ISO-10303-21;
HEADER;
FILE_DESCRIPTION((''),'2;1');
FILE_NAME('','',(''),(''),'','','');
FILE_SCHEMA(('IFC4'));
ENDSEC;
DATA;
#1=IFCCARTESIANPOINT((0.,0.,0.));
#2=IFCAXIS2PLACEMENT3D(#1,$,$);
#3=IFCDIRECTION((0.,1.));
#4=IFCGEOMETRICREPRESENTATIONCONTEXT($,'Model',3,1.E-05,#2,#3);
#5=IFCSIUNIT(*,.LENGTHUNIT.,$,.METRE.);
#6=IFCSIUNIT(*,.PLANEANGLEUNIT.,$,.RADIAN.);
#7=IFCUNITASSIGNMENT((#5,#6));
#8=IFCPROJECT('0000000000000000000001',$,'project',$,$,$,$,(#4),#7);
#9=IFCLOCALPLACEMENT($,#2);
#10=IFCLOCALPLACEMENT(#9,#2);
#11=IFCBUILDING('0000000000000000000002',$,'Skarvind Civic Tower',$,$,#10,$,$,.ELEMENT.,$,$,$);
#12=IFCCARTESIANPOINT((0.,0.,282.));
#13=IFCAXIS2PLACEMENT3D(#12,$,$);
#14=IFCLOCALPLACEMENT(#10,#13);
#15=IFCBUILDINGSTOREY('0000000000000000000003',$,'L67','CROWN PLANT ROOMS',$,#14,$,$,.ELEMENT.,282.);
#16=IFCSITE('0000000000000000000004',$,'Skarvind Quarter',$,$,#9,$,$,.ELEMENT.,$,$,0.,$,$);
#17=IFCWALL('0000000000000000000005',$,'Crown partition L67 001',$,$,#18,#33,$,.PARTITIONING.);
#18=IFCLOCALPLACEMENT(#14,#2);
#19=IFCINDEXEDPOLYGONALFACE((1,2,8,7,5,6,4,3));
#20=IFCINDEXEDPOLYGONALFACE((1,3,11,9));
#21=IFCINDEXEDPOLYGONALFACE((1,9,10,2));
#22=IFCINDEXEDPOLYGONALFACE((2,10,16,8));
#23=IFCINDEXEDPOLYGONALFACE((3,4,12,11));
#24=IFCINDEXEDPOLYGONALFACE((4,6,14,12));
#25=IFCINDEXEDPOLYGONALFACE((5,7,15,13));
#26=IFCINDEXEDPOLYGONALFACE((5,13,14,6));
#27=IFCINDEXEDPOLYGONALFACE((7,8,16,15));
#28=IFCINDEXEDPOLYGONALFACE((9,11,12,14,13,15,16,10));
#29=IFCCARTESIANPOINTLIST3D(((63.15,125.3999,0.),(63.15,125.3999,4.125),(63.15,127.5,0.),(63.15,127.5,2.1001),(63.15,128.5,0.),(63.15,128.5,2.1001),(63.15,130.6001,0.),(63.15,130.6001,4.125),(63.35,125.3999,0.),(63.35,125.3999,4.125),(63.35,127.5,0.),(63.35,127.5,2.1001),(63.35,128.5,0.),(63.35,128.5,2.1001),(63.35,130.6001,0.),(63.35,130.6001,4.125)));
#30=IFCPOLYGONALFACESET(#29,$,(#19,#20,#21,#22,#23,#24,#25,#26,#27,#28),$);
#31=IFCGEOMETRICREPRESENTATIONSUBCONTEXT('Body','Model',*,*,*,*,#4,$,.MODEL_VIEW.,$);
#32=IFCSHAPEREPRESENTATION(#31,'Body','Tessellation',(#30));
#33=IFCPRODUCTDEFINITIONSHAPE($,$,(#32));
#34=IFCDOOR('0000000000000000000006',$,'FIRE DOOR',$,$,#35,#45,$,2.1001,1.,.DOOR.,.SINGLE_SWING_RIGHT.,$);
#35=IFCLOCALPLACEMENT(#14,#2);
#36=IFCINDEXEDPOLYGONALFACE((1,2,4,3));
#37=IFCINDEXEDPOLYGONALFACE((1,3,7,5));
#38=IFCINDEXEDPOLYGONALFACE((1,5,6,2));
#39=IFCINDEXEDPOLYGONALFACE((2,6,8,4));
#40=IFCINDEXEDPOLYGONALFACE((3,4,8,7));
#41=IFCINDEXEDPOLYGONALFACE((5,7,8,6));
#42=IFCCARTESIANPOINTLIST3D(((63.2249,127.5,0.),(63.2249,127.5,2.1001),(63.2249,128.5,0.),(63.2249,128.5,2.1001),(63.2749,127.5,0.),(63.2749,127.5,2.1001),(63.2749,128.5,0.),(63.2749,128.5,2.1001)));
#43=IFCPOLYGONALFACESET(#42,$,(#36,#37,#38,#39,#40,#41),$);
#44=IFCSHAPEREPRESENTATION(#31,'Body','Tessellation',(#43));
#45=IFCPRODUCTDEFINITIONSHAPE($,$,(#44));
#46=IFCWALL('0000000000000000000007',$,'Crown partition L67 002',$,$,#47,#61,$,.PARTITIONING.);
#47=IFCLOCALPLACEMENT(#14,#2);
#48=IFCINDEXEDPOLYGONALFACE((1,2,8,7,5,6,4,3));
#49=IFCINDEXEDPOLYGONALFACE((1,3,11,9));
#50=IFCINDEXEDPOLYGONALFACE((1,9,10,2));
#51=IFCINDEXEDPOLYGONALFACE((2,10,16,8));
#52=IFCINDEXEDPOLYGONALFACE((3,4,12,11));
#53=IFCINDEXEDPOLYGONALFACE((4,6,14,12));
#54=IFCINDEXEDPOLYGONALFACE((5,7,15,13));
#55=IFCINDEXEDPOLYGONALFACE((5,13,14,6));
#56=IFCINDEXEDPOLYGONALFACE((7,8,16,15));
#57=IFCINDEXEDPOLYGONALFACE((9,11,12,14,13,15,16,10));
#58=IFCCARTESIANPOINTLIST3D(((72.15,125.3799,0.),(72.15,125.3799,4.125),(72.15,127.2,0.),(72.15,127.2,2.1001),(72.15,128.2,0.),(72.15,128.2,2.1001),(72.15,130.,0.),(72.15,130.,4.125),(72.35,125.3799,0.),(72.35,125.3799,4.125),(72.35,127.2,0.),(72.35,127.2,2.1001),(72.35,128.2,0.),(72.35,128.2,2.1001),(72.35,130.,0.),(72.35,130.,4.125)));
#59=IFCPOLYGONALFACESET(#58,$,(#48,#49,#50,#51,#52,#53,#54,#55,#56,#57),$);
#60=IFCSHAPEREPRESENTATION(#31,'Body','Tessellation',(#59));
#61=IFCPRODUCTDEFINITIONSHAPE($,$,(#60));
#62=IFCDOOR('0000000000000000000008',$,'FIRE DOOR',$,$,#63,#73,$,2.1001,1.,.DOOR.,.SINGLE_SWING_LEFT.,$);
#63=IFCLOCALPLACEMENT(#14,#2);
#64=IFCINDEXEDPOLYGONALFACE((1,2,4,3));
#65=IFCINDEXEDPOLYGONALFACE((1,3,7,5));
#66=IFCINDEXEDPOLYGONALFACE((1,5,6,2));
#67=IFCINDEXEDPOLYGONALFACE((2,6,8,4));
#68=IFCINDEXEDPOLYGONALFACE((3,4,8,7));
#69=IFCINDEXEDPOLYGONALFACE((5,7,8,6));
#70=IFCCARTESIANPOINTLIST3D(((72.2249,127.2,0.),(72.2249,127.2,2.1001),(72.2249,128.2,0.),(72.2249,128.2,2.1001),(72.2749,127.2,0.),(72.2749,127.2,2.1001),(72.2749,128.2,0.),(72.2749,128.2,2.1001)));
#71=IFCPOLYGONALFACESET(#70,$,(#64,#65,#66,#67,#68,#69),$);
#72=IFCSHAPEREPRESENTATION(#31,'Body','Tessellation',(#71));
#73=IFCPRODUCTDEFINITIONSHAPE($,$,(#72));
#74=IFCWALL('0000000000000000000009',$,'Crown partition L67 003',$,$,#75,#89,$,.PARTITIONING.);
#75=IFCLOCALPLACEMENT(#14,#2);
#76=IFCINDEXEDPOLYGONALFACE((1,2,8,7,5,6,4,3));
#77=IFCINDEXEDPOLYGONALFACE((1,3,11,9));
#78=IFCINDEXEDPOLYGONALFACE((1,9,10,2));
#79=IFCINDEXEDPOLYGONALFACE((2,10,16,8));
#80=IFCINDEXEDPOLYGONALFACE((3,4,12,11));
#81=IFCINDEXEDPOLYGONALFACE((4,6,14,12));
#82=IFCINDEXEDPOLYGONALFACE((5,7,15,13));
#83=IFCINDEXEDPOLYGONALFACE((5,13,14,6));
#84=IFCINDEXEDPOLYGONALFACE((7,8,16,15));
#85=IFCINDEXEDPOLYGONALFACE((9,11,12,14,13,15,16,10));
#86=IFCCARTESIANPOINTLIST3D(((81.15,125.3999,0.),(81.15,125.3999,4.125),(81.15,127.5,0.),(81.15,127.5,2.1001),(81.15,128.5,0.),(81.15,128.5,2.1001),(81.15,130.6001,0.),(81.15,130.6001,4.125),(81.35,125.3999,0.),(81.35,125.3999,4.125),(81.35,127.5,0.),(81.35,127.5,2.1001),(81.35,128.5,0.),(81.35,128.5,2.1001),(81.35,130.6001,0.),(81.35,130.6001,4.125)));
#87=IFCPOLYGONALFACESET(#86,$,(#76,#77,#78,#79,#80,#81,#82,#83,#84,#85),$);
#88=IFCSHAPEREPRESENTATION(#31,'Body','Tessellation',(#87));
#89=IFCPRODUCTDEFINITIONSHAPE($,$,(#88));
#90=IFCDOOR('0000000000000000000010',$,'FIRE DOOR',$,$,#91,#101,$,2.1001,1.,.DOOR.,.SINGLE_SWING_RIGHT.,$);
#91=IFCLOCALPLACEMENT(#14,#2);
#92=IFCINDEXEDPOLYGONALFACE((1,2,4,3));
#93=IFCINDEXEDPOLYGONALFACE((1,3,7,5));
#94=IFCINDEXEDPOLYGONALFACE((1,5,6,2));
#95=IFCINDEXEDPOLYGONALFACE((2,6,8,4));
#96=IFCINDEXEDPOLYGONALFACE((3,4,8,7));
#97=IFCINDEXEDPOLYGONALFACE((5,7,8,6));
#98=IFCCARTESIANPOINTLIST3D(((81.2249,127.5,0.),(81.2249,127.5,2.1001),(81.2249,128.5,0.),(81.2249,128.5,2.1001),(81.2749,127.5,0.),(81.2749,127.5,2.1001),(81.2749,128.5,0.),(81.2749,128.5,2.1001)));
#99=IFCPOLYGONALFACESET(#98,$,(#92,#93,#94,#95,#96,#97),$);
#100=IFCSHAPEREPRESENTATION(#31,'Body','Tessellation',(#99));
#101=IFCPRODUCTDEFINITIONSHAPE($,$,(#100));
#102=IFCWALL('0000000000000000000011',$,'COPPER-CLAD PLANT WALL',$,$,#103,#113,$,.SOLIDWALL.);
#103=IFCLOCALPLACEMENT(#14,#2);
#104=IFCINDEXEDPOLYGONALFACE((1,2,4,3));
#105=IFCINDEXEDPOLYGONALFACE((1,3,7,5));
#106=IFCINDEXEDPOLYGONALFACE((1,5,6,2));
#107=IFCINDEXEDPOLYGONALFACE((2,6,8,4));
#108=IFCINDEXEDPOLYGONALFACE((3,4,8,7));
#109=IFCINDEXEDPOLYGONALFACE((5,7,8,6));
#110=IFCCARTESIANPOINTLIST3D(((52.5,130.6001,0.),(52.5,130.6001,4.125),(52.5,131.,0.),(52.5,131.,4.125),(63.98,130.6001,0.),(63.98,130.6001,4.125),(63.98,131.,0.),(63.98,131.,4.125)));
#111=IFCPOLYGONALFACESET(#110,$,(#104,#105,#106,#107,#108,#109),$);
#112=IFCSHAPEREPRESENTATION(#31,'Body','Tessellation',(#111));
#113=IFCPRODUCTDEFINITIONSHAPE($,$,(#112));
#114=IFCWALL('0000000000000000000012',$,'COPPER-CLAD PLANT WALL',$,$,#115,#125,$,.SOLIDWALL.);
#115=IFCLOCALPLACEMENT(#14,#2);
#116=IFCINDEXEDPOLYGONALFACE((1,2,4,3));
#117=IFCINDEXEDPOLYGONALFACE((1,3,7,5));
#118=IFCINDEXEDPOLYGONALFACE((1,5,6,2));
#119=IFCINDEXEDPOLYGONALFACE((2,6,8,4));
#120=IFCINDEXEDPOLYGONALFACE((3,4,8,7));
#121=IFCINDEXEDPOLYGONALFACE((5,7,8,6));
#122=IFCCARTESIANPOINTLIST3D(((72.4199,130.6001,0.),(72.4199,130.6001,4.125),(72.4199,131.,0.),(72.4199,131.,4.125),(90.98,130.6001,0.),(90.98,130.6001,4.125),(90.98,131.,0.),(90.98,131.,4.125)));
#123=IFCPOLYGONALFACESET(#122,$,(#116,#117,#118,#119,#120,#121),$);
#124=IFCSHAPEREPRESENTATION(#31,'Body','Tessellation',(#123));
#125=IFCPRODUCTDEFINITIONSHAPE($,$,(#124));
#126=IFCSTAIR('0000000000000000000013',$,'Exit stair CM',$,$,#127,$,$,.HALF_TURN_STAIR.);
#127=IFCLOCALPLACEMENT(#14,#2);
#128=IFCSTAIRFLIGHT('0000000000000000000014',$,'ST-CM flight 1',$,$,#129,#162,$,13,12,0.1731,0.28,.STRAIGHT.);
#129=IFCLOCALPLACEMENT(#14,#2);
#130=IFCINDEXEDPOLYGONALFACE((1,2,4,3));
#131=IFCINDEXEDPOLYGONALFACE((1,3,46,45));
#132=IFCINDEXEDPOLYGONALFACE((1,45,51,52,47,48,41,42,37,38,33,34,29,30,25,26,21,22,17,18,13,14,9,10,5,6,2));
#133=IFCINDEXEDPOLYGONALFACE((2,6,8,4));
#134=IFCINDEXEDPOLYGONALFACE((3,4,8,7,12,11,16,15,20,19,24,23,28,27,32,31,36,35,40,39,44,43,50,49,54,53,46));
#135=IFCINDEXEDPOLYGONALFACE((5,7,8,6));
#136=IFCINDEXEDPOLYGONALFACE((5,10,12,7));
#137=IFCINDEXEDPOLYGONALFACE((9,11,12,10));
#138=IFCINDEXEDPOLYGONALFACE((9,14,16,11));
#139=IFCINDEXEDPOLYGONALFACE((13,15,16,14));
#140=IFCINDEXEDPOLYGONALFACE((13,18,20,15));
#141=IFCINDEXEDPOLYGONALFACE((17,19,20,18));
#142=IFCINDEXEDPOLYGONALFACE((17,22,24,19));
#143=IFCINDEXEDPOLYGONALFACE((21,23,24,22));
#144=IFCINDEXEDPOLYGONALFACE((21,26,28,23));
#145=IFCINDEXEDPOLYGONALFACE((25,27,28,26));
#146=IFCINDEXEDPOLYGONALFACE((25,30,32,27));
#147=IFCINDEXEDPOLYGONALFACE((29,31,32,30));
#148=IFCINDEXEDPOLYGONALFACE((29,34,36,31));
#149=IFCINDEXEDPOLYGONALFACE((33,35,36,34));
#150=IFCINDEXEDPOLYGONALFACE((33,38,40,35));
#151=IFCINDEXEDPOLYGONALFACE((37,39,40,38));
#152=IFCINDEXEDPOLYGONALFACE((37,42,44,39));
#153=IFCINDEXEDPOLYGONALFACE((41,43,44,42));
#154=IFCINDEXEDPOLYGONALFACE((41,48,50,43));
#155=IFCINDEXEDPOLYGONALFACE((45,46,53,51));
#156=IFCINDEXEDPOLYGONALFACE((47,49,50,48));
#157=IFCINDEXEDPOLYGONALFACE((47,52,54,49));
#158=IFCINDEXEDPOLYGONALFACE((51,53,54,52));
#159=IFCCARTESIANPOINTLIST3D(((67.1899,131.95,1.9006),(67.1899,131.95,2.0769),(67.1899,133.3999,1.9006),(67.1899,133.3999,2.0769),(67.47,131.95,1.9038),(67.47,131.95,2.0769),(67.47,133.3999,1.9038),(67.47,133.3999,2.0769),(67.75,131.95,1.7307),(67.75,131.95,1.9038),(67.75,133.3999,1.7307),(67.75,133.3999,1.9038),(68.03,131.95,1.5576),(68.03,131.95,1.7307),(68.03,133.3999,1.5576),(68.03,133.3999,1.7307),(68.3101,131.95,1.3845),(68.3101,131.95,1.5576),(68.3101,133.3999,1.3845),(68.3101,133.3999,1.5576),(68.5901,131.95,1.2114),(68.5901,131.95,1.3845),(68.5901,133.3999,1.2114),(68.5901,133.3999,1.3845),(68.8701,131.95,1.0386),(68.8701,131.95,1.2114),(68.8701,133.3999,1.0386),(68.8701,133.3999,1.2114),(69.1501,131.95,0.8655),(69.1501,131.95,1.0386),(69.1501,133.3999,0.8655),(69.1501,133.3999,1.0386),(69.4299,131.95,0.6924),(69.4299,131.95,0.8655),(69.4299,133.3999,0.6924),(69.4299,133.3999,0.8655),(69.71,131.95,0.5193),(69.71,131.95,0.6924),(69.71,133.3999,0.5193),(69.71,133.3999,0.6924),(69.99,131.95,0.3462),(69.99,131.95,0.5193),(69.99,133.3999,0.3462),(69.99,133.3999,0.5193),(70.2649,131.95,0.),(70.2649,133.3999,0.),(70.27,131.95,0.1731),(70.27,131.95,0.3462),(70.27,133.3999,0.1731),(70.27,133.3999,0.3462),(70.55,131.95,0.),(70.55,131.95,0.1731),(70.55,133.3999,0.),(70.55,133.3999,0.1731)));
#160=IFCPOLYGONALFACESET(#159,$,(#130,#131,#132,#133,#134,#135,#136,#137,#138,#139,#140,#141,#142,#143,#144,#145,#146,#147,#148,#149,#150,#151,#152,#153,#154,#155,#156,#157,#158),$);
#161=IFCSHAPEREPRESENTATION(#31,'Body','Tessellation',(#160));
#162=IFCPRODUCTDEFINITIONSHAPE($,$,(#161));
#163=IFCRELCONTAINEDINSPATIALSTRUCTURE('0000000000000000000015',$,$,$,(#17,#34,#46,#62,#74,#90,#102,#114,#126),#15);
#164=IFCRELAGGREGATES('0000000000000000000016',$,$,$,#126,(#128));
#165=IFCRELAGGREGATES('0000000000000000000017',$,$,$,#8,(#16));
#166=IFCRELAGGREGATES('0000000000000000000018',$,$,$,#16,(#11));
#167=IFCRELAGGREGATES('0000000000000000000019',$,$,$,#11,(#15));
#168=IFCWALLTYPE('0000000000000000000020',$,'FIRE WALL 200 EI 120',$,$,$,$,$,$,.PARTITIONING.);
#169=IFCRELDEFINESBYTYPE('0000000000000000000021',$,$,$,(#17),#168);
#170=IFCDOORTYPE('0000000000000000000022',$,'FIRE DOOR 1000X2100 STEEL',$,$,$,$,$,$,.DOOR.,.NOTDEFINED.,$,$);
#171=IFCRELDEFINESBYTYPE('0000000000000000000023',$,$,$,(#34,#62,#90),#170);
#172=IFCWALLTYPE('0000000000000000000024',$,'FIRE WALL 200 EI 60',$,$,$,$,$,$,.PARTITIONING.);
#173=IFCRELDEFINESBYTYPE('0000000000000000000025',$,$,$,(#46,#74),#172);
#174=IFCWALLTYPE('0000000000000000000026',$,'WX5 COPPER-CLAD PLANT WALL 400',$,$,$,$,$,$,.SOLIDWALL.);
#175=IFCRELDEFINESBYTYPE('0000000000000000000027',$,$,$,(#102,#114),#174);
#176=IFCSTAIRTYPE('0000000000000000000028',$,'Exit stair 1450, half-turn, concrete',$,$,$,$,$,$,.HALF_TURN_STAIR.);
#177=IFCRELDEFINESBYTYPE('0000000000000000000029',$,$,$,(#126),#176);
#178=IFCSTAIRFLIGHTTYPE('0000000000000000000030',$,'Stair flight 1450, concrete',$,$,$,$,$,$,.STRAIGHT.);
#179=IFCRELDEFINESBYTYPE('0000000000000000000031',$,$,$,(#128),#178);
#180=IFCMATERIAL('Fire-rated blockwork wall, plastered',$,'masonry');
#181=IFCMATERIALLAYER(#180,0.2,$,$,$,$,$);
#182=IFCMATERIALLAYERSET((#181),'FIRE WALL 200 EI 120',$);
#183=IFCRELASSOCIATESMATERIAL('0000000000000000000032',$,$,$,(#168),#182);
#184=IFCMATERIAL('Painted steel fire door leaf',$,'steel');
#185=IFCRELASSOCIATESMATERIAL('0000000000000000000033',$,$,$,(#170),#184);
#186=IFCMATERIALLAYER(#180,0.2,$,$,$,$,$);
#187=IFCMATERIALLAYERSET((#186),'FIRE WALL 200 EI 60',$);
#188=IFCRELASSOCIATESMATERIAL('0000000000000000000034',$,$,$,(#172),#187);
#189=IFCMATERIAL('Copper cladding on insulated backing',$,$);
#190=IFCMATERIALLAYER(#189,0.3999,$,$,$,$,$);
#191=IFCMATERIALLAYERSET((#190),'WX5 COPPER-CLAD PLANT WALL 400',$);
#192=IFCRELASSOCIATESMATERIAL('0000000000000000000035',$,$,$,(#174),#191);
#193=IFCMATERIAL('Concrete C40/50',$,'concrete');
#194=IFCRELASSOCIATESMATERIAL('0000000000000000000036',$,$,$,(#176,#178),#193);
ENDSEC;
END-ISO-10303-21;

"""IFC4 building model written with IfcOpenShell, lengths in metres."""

from ifc_helpers import new_model, si_unit, direction, frame, frame_2d, origin, place, context, subcontext, project, spatial, polyline, rectangle, outline, extrude, material, layer, layer_set, type_object, element, fill, aggregate, save


model = new_model("IFC4")

# Units and contexts
model_context = context("Model", 3, precision=1e-05, world=origin(), true_north=direction((0.0, 1.0)))
body_context = subcontext(model_context, "Body", "Model", "MODEL_VIEW")
ifc_project = project(units=[si_unit("LENGTHUNIT", "METRE"), si_unit("PLANEANGLEUNIT", "RADIAN")], contexts=[model_context])

# Site, building, storey
site_placement = place(None, origin())
site = spatial("IfcSite", under=ifc_project, at=site_placement, Name="Skarvind Quarter", CompositionType="ELEMENT", RefElevation=0.0)
building_placement = place(site_placement, origin())
building = spatial("IfcBuilding", under=site, at=building_placement, Name="Skarvind Civic Tower", CompositionType="ELEMENT")
storey_placement = place(building_placement, frame((0.0, 0.0, 282.0)))
storey = spatial("IfcBuildingStorey", under=building, at=storey_placement, Name="L67", Description="CROWN PLANT ROOMS", CompositionType="ELEMENT", Elevation=282.0)

# Walls, openings, doors
ifc_material_1 = material(Name="Fire-rated blockwork wall, plastered", Category="masonry")
ifc_layer_1 = layer(ifc_material_1, 0.2)
ifc_layer_set_1 = layer_set([ifc_layer_1], Name="FIRE WALL 200 EI 120")
wall_type_1 = type_object("IfcWallType", Name="FIRE WALL 200 EI 120", PredefinedType="PARTITIONING", material=ifc_layer_set_1)
wall_1_placement = place(storey_placement, frame((63.25, 130.6001, 0.0), z_axis=(0.0, 0.0, 1.0), x_axis=(0.0, -1.0, 0.0)))
wall_1 = element("IfcWall", 1, at=wall_1_placement, inside=storey, type_object=wall_type_1, Name="Crown partition L67 001", PredefinedType="PARTITIONING", context=body_context, shape_type="SweptSolid", body=[
    extrude(rectangle(XDim=5.2002, YDim=0.2, at=frame_2d((2.6001, 0.0))), origin(), (0.0, 0.0, 1.0), 4.125),
])
opening_1_placement = place(wall_1_placement, frame((2.1001, 0.0, 0.0)))
opening_1 = element("IfcOpeningElement", 2, at=opening_1_placement, cuts=wall_1, PredefinedType="OPENING", context=body_context, shape_type="SweptSolid", body=[
    extrude(rectangle(XDim=1.0, YDim=2.1001, at=frame_2d((0.5, 1.05))), frame((0.0, 0.1099, 0.0), z_axis=(0.0, -1.0, 0.0), x_axis=(1.0, 0.0, 0.0)), (0.0, 0.0, 1.0), 0.22),
])
ifc_material_2 = material(Name="Painted steel fire door leaf", Category="steel")
door_type_1 = type_object("IfcDoorType", Name="FIRE DOOR 1000X2100 STEEL", OperationType="NOTDEFINED", PredefinedType="DOOR", material=ifc_material_2)
door_1_placement = place(opening_1_placement, origin())
door_1 = element("IfcDoor", 3, at=door_1_placement, inside=storey, type_object=door_type_1, Name="FIRE DOOR", OperationType="SINGLE_SWING_RIGHT", OverallHeight=2.1001, OverallWidth=1.0, PredefinedType="DOOR", context=body_context, shape_type="SweptSolid", body=[
    extrude(rectangle(XDim=1.0, YDim=2.1001, at=frame_2d((0.5, 1.05))), frame((0.0, 0.0249, 0.0), z_axis=(0.0, -1.0, 0.0), x_axis=(1.0, 0.0, 0.0)), (0.0, 0.0, 1.0), 0.05),
])
fill(opening_1, door_1)
ifc_layer_2 = layer(ifc_material_1, 0.2)
ifc_layer_set_2 = layer_set([ifc_layer_2], Name="FIRE WALL 200 EI 60")
wall_type_2 = type_object("IfcWallType", Name="FIRE WALL 200 EI 60", PredefinedType="PARTITIONING", material=ifc_layer_set_2)
wall_2_placement = place(storey_placement, frame((72.25, 130.0, 0.0), z_axis=(0.0, 0.0, 1.0), x_axis=(0.0, -1.0, 0.0)))
wall_2 = element("IfcWall", 4, at=wall_2_placement, inside=storey, type_object=wall_type_2, Name="Crown partition L67 002", PredefinedType="PARTITIONING", context=body_context, shape_type="SweptSolid", body=[
    extrude(rectangle(XDim=4.6201, YDim=0.2, at=frame_2d((2.3101, 0.0))), origin(), (0.0, 0.0, 1.0), 4.125),
])
opening_2_placement = place(wall_2_placement, frame((1.8, 0.0, 0.0)))
opening_2 = element("IfcOpeningElement", 5, at=opening_2_placement, cuts=wall_2, PredefinedType="OPENING", context=body_context, shape_type="SweptSolid", body=[
    extrude(rectangle(XDim=1.0, YDim=2.1001, at=frame_2d((0.5, 1.05))), frame((0.0, 0.1099, 0.0), z_axis=(0.0, -1.0, 0.0), x_axis=(1.0, 0.0, 0.0)), (0.0, 0.0, 1.0), 0.22),
])
door_2_placement = place(opening_2_placement, origin())
door_2 = element("IfcDoor", 6, at=door_2_placement, inside=storey, type_object=door_type_1, Name="FIRE DOOR", OperationType="SINGLE_SWING_LEFT", OverallHeight=2.1001, OverallWidth=1.0, PredefinedType="DOOR", context=body_context, shape_type="SweptSolid", body=[
    extrude(rectangle(XDim=1.0, YDim=2.1001, at=frame_2d((0.5, 1.05))), frame((0.0, 0.0249, 0.0), z_axis=(0.0, -1.0, 0.0), x_axis=(1.0, 0.0, 0.0)), (0.0, 0.0, 1.0), 0.05),
])
fill(opening_2, door_2)
wall_3_placement = place(storey_placement, frame((81.25, 130.6001, 0.0), z_axis=(0.0, 0.0, 1.0), x_axis=(0.0, -1.0, 0.0)))
wall_3 = element("IfcWall", 7, at=wall_3_placement, inside=storey, type_object=wall_type_2, Name="Crown partition L67 003", PredefinedType="PARTITIONING", context=body_context, shape_type="SweptSolid", body=[
    extrude(rectangle(XDim=5.2002, YDim=0.2, at=frame_2d((2.6001, 0.0))), origin(), (0.0, 0.0, 1.0), 4.125),
])
opening_3_placement = place(wall_3_placement, frame((2.1001, 0.0, 0.0)))
opening_3 = element("IfcOpeningElement", 8, at=opening_3_placement, cuts=wall_3, PredefinedType="OPENING", context=body_context, shape_type="SweptSolid", body=[
    extrude(rectangle(XDim=1.0, YDim=2.1001, at=frame_2d((0.5, 1.05))), frame((0.0, 0.1099, 0.0), z_axis=(0.0, -1.0, 0.0), x_axis=(1.0, 0.0, 0.0)), (0.0, 0.0, 1.0), 0.22),
])
door_3_placement = place(opening_3_placement, origin())
door_3 = element("IfcDoor", 9, at=door_3_placement, inside=storey, type_object=door_type_1, Name="FIRE DOOR", OperationType="SINGLE_SWING_RIGHT", OverallHeight=2.1001, OverallWidth=1.0, PredefinedType="DOOR", context=body_context, shape_type="SweptSolid", body=[
    extrude(rectangle(XDim=1.0, YDim=2.1001, at=frame_2d((0.5, 1.05))), frame((0.0, 0.0249, 0.0), z_axis=(0.0, -1.0, 0.0), x_axis=(1.0, 0.0, 0.0)), (0.0, 0.0, 1.0), 0.05),
])
fill(opening_3, door_3)

# Walls
ifc_material_3 = material(Name="Copper cladding on insulated backing")
ifc_layer_3 = layer(ifc_material_3, 0.3999)
ifc_layer_set_3 = layer_set([ifc_layer_3], Name="WX5 COPPER-CLAD PLANT WALL 400")
wall_type_3 = type_object("IfcWallType", Name="WX5 COPPER-CLAD PLANT WALL 400", PredefinedType="SOLIDWALL", material=ifc_layer_set_3)
wall_4_placement = place(storey_placement, frame((52.5, 130.8, 0.0), z_axis=(0.0, 0.0, 1.0), x_axis=(1.0, 0.0, 0.0)))
element("IfcWall", 10, at=wall_4_placement, inside=storey, type_object=wall_type_3, Name="COPPER-CLAD PLANT WALL", PredefinedType="SOLIDWALL", context=body_context, shape_type="SweptSolid", body=[
    extrude(rectangle(XDim=11.48, YDim=0.3999, at=frame_2d((5.74, 0.0))), origin(), (0.0, 0.0, 1.0), 4.125),
])
wall_5_placement = place(storey_placement, frame((72.4199, 130.8, 0.0), z_axis=(0.0, 0.0, 1.0), x_axis=(1.0, 0.0, 0.0)))
element("IfcWall", 11, at=wall_5_placement, inside=storey, type_object=wall_type_3, Name="COPPER-CLAD PLANT WALL", PredefinedType="SOLIDWALL", context=body_context, shape_type="SweptSolid", body=[
    extrude(rectangle(XDim=18.5601, YDim=0.3999, at=frame_2d((9.28, 0.0))), origin(), (0.0, 0.0, 1.0), 4.125),
])

# Stair, stair flight
ifc_material_4 = material(Name="Concrete C40/50", Category="concrete")
stair_type = type_object("IfcStairType", Name="Exit stair 1450, half-turn, concrete", PredefinedType="HALF_TURN_STAIR", material=ifc_material_4)
stair_placement = place(storey_placement, origin())
stair = element("IfcStair", 12, at=stair_placement, inside=storey, type_object=stair_type, Name="Exit stair CM", PredefinedType="HALF_TURN_STAIR")
stair_flight_type = type_object("IfcStairFlightType", Name="Stair flight 1450, concrete", PredefinedType="STRAIGHT", material=ifc_material_4)
stair_flight_1_placement = place(storey_placement, frame((70.55, 132.675, 0.0), z_axis=(0.0, 0.0, 1.0), x_axis=(-1.0, 0.0, 0.0)))
stair_flight_1 = element("IfcStairFlight", 13, at=stair_flight_1_placement, type_object=stair_flight_type, Name="ST-CM flight 1", NumberOfRisers=13, NumberOfTreads=12, PredefinedType="STRAIGHT", RiserHeight=0.1731, TreadLength=0.28, context=body_context, shape_type="SweptSolid", body=[
    extrude(outline(polyline([(0.0, 0.0), (0.0, 0.1731), (0.28, 0.1731), (0.28, 0.3462), (0.5601, 0.3462), (0.5601, 0.5193), (0.8401, 0.5193), (0.8401, 0.6924), (1.1201, 0.6924), (1.1201, 0.8655), (1.3999, 0.8655), (1.3999, 1.0386), (1.6799, 1.0386), (1.6799, 1.2114), (1.96, 1.2114), (1.96, 1.3845), (2.24, 1.3845), (2.24, 1.5576), (2.52, 1.5576), (2.52, 1.7307), (2.8, 1.7307), (2.8, 1.9038), (3.0801, 1.9038), (3.0801, 2.0769), (3.3601, 2.0769), (3.3601, 2.25), (3.3601, 1.9006), (0.2852, 0.0), (0.0, 0.0)])), frame((0.0, 0.7251, 0.0), z_axis=(0.0, -1.0, 0.0), x_axis=(1.0, 0.0, 0.0)), (0.0, 0.0, 1.0), 1.45),
])
aggregate(stair, [stair_flight_1])

save(model, "model.ifc")
